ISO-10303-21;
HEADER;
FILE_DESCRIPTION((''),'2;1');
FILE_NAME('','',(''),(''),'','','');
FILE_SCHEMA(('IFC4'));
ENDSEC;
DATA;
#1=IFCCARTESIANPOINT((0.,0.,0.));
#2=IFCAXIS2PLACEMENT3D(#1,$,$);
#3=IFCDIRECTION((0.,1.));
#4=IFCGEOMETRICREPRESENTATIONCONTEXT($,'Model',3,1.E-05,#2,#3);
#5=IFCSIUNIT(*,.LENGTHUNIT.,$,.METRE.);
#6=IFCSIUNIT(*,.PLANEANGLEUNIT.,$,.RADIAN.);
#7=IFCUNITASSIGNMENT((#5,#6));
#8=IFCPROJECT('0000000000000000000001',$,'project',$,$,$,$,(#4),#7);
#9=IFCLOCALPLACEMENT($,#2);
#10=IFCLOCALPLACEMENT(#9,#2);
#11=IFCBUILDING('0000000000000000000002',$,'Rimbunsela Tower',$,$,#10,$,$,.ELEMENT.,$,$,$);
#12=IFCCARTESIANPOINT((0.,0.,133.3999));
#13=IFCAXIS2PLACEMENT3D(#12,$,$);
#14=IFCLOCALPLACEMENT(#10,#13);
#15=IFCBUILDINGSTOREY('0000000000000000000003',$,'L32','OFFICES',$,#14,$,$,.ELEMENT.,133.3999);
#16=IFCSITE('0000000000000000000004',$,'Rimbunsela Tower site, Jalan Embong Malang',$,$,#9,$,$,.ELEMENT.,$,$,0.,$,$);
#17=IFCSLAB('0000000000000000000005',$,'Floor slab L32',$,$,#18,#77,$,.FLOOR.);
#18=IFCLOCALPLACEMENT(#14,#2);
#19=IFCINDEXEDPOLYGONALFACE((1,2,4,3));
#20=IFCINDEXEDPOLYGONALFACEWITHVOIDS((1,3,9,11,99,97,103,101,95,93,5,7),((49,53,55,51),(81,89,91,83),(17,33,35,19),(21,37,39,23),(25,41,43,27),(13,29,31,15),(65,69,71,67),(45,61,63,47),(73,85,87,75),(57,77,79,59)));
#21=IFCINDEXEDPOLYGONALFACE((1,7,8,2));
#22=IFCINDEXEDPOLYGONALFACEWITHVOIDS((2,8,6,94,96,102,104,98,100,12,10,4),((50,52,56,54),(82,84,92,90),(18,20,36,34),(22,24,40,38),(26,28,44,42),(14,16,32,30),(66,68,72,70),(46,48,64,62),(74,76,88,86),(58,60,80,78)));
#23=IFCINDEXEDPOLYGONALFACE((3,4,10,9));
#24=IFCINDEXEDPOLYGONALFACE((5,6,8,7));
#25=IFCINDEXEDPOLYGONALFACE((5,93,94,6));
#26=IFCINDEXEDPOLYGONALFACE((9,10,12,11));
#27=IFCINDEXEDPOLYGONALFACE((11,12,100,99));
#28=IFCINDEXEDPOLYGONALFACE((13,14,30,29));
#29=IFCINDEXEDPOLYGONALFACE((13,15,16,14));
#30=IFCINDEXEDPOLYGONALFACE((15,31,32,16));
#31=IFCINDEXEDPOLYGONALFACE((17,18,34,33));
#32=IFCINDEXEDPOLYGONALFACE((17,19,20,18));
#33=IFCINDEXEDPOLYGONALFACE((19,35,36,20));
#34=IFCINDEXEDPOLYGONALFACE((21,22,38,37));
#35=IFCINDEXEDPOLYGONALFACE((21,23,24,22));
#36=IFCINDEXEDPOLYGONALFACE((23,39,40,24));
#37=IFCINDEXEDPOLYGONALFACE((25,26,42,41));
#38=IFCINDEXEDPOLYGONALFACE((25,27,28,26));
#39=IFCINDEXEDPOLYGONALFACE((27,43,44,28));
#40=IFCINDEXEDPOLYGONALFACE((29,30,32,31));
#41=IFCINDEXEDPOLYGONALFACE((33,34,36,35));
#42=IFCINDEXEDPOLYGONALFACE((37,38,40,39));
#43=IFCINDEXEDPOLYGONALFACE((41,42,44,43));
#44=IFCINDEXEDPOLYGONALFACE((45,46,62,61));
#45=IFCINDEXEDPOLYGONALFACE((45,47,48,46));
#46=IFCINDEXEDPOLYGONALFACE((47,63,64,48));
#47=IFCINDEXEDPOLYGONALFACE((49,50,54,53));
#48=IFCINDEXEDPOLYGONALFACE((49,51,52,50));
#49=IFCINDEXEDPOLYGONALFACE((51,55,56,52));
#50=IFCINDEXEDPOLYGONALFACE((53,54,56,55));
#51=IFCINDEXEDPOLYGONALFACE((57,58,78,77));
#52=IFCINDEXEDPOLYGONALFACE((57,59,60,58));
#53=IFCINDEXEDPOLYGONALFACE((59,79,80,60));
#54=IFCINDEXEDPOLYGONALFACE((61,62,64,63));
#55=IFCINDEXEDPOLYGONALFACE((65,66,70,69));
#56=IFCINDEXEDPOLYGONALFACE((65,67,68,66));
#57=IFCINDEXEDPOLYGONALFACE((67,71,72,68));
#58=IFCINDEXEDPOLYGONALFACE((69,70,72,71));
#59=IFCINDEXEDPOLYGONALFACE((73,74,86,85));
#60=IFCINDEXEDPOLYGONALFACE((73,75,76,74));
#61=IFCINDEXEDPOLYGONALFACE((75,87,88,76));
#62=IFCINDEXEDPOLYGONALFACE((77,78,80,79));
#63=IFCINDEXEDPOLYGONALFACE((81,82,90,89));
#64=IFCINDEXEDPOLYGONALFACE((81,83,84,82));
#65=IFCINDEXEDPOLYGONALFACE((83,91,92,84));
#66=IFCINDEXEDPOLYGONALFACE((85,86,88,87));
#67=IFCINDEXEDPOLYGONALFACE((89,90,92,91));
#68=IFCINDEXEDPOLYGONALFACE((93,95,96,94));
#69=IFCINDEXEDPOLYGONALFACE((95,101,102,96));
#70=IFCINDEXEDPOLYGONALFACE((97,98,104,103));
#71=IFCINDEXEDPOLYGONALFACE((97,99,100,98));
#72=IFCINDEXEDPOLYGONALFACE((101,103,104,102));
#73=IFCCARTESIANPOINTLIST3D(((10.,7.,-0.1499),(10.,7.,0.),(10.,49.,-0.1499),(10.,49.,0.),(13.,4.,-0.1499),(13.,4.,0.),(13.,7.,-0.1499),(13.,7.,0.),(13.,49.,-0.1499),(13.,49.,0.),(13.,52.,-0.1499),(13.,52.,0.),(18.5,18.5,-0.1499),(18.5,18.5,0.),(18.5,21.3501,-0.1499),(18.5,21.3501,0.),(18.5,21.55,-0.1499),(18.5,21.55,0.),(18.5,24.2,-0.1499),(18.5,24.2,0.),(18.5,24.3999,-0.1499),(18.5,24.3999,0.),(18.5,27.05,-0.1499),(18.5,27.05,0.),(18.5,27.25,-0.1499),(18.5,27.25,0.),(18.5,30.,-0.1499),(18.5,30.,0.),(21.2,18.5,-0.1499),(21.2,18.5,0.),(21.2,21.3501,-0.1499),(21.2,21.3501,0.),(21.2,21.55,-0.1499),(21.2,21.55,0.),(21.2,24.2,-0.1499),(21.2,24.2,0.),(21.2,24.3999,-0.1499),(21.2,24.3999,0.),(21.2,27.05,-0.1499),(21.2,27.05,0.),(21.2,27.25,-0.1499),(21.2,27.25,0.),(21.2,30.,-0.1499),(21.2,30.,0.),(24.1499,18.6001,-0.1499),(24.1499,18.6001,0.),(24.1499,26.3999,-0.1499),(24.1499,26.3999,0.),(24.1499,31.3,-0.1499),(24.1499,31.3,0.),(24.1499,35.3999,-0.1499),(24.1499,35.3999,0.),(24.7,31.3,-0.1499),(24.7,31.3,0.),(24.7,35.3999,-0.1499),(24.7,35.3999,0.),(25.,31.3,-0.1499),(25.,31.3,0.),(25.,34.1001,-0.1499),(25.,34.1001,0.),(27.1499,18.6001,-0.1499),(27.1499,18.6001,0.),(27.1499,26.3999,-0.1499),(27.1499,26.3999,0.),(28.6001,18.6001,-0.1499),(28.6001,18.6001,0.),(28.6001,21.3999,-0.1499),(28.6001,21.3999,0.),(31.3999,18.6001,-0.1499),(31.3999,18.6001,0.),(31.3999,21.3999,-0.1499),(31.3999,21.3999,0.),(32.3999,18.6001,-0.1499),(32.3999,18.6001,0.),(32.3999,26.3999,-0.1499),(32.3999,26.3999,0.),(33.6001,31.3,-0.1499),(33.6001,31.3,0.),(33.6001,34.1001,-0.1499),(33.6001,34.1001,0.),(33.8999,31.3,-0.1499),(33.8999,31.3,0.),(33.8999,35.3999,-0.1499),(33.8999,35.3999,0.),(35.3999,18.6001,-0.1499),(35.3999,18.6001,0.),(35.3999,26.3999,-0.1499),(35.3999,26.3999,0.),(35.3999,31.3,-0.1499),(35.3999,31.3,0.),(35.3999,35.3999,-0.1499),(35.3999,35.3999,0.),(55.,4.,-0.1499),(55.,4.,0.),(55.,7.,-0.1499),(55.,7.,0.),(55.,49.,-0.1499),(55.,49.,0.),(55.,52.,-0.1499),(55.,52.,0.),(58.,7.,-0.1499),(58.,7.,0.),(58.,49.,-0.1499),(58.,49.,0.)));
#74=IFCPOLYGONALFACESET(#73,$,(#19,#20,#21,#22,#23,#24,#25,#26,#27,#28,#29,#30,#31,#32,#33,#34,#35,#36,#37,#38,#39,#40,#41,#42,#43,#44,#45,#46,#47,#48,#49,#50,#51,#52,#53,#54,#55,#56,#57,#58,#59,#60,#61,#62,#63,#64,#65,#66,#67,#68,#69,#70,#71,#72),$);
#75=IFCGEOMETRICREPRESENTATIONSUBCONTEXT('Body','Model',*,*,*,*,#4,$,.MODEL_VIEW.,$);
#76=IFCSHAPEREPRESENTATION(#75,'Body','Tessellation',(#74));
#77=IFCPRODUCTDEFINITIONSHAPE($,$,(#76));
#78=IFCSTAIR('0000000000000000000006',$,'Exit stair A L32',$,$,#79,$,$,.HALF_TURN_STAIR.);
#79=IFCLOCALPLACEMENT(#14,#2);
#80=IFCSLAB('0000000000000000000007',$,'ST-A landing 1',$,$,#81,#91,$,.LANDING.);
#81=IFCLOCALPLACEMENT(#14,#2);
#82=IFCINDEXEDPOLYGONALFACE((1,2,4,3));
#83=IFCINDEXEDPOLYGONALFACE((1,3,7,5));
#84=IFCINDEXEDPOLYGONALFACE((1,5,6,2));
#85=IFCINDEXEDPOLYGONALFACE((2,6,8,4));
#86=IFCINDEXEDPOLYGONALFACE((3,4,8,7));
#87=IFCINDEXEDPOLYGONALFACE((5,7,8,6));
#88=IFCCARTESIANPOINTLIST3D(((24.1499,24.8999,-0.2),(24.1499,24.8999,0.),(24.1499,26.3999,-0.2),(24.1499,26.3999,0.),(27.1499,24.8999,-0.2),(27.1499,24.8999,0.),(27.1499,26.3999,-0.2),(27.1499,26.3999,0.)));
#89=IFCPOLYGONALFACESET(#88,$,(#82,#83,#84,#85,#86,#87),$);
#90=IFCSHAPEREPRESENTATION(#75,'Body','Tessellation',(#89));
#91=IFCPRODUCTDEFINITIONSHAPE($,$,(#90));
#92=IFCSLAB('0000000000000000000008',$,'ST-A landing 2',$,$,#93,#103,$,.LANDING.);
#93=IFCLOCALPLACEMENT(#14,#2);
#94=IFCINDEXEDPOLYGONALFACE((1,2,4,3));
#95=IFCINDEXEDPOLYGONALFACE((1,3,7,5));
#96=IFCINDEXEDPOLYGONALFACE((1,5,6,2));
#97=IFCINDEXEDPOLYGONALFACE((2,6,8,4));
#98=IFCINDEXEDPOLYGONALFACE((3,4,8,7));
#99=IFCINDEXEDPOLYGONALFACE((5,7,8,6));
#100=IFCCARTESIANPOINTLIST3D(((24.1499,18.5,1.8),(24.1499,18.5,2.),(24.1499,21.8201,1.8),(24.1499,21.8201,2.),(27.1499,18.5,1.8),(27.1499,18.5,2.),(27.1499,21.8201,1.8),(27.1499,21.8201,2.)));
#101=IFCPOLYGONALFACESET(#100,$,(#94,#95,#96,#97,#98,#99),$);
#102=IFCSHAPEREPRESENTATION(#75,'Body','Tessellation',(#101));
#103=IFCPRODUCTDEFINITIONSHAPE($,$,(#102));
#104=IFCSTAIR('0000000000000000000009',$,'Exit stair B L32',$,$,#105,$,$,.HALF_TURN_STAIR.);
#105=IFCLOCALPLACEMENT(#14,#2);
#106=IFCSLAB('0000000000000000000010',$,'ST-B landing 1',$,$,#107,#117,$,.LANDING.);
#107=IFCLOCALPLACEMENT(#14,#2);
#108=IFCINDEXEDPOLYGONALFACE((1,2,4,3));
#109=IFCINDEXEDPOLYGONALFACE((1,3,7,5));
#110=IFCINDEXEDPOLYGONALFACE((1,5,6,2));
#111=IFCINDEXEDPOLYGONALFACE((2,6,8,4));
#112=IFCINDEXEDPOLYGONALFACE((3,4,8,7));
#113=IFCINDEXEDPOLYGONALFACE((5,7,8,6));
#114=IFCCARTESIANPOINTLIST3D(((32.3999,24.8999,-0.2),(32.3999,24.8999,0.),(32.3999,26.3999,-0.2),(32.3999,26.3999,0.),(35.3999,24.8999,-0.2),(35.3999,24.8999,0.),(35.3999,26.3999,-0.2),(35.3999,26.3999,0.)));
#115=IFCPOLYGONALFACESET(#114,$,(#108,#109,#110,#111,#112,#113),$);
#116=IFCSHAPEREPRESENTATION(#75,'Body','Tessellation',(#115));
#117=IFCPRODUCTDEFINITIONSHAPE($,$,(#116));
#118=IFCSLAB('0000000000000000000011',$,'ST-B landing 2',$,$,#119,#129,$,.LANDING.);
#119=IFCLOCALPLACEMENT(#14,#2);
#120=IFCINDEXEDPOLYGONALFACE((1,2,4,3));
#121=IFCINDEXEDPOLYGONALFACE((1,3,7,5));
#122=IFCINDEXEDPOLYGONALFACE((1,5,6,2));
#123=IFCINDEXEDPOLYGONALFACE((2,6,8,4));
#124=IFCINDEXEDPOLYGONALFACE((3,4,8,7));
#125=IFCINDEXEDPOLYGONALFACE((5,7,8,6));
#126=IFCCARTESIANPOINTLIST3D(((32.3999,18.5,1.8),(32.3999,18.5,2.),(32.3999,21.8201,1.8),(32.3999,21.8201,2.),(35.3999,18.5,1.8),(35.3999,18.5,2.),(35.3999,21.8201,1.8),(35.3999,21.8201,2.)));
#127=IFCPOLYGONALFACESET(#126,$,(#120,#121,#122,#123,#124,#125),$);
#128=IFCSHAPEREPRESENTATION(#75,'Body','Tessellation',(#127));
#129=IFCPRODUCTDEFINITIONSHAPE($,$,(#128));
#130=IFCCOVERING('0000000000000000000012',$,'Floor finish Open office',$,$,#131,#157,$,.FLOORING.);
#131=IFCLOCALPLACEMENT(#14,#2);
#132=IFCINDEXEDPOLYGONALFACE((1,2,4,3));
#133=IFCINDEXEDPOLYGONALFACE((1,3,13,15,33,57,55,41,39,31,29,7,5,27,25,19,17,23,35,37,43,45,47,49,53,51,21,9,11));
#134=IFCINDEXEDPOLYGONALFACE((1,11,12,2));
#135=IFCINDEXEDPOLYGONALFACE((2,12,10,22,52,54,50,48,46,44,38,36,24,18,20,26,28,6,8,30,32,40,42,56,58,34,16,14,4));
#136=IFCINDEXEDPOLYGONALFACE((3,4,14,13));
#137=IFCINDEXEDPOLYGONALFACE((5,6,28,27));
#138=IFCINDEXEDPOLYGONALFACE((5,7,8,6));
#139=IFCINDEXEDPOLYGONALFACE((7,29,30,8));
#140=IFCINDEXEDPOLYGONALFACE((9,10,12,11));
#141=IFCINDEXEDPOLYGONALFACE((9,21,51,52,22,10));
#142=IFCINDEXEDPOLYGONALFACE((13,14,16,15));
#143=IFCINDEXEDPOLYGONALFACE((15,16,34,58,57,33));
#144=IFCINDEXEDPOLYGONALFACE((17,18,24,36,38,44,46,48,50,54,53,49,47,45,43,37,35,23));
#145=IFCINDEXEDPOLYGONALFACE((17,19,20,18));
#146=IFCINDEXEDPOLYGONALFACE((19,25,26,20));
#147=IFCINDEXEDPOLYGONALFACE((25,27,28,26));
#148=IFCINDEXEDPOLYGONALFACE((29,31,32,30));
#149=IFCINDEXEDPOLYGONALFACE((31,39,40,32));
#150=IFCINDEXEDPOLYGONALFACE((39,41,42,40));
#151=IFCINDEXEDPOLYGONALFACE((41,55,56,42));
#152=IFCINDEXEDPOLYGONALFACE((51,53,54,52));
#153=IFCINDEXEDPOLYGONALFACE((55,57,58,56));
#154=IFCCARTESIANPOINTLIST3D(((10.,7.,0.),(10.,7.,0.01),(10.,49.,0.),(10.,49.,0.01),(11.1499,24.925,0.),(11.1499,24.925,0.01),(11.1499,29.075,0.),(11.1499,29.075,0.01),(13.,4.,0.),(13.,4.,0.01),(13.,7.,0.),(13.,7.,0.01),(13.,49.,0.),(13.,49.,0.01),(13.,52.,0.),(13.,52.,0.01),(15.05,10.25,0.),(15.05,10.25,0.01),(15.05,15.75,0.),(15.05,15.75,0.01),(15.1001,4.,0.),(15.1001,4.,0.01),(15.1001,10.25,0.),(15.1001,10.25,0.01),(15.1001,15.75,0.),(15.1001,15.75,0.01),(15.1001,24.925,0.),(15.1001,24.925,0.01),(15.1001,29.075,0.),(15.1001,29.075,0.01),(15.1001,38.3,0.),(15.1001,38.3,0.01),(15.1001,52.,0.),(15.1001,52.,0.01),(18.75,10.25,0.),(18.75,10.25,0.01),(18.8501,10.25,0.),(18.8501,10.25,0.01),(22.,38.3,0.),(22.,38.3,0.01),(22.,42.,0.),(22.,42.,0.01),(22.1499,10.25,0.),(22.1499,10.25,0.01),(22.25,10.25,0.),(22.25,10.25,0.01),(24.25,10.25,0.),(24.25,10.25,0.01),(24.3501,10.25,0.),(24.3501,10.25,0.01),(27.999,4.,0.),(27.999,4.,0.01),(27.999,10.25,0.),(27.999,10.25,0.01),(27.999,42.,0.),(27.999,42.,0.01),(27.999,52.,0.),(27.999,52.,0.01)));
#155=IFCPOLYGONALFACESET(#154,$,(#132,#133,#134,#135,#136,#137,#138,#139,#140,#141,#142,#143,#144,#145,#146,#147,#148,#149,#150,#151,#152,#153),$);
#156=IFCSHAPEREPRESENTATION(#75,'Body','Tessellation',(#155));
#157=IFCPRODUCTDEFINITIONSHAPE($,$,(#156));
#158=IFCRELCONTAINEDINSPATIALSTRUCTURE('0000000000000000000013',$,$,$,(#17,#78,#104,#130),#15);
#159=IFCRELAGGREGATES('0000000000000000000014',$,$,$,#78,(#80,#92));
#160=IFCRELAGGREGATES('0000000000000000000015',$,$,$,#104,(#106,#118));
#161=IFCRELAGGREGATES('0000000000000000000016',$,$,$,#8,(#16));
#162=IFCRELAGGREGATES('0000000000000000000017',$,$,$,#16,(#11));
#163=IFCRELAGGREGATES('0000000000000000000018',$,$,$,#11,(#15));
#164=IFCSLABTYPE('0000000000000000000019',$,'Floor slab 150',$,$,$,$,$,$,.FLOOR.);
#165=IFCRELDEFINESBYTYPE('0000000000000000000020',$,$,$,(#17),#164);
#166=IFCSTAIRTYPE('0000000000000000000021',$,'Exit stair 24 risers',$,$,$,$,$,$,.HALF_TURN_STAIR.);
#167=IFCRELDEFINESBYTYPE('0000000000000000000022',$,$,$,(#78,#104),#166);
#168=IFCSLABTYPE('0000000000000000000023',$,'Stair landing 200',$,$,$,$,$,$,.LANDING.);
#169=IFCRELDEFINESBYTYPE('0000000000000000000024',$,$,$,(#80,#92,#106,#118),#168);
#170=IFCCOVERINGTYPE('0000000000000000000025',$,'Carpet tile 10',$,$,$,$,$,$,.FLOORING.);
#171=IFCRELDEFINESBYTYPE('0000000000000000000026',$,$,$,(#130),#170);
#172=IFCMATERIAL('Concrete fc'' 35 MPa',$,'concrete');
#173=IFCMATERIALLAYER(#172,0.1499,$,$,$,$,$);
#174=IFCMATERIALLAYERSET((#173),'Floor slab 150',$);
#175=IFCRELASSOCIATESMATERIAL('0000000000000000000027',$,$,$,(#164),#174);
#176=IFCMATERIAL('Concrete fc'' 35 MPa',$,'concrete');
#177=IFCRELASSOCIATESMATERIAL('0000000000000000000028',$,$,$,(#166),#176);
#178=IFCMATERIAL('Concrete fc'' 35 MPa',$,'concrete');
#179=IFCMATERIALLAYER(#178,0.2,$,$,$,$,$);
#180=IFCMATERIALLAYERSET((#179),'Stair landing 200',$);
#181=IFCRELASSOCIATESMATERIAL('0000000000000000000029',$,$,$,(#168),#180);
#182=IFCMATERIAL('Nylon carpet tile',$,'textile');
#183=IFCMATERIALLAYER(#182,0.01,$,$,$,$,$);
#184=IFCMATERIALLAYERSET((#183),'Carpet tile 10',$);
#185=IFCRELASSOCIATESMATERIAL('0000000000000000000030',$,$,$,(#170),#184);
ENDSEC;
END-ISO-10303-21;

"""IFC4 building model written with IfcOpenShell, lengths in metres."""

from ifc_helpers import new_model, si_unit, direction, frame, origin, place, context, subcontext, project, spatial, polyline, outline, extrude, material, layer, layer_set, type_object, element, aggregate, save


model = new_model("IFC4")

# Units and contexts
model_context = context("Model", 3, precision=1e-05, world=origin(), true_north=direction((0.0, 1.0)))
body_context = subcontext(model_context, "Body", "Model", "MODEL_VIEW")
ifc_project = project(units=[si_unit("LENGTHUNIT", "METRE"), si_unit("PLANEANGLEUNIT", "RADIAN")], contexts=[model_context])

# Site, building, storey
site_placement = place(None, origin())
site = spatial("IfcSite", under=ifc_project, at=site_placement, Name="Rimbunsela Tower site, Jalan Embong Malang", CompositionType="ELEMENT", RefElevation=0.0)
building_placement = place(site_placement, origin())
building = spatial("IfcBuilding", under=site, at=building_placement, Name="Rimbunsela Tower", CompositionType="ELEMENT")
storey_placement = place(building_placement, frame((0.0, 0.0, 133.3999)))
storey = spatial("IfcBuildingStorey", under=building, at=storey_placement, Name="L32", Description="OFFICES", CompositionType="ELEMENT", Elevation=133.3999)

# Slab
ifc_material_1 = material(Name="Concrete fc' 35 MPa", Category="concrete")
ifc_layer_1 = layer(ifc_material_1, 0.1499)
ifc_layer_set_1 = layer_set([ifc_layer_1], Name="Floor slab 150")
slab_type_1 = type_object("IfcSlabType", Name="Floor slab 150", PredefinedType="FLOOR", material=ifc_layer_set_1)
slab_1_placement = place(storey_placement, frame((0.0, 0.0, -0.1499)))
element("IfcSlab", 1, at=slab_1_placement, inside=storey, type_object=slab_type_1, Name="Floor slab L32", PredefinedType="FLOOR", context=body_context, shape_type="SweptSolid", body=[
    extrude(outline(polyline([(13.0, 4.0), (55.0, 4.0), (55.0, 7.0), (58.0, 7.0), (58.0, 49.0), (55.0, 49.0), (55.0, 52.0), (13.0, 52.0), (13.0, 49.0), (10.0, 49.0), (10.0, 7.0), (13.0, 7.0), (13.0, 4.0)]), holes=[polyline([(21.2, 21.3501), (18.5, 21.3501), (18.5, 18.5), (21.2, 18.5), (21.2, 21.3501)]), polyline([(21.2, 21.55), (21.2, 24.2), (18.5, 24.2), (18.5, 21.55), (21.2, 21.55)]), polyline([(21.2, 27.05), (18.5, 27.05), (18.5, 24.3999), (21.2, 24.3999), (21.2, 27.05)]), polyline([(21.2, 27.25), (21.2, 30.0), (18.5, 30.0), (18.5, 27.25), (21.2, 27.25)]), polyline([(27.1499, 18.6001), (27.1499, 26.3999), (24.1499, 26.3999), (24.1499, 18.6001), (27.1499, 18.6001)]), polyline([(24.7, 31.3), (24.7, 35.3999), (24.1499, 35.3999), (24.1499, 31.3), (24.7, 31.3)]), polyline([(25.0, 34.1001), (25.0, 31.3), (33.6001, 31.3), (33.6001, 34.1001), (25.0, 34.1001)]), polyline([(31.3999, 21.3999), (28.6001, 21.3999), (28.6001, 18.6001), (31.3999, 18.6001), (31.3999, 21.3999)]), polyline([(35.3999, 18.6001), (35.3999, 26.3999), (32.3999, 26.3999), (32.3999, 18.6001), (35.3999, 18.6001)]), polyline([(35.3999, 31.3), (35.3999, 35.3999), (33.8999, 35.3999), (33.8999, 31.3), (35.3999, 31.3)])]), origin(), (0.0, 0.0, 1.0), 0.1499),
])

# Stairs, slabs
ifc_material_2 = material(Name="Concrete fc' 35 MPa", Category="concrete")
stair_type = type_object("IfcStairType", Name="Exit stair 24 risers", PredefinedType="HALF_TURN_STAIR", material=ifc_material_2)
stair_1_placement = place(storey_placement, origin())
stair_1 = element("IfcStair", 2, at=stair_1_placement, inside=storey, type_object=stair_type, Name="Exit stair A L32", PredefinedType="HALF_TURN_STAIR")
ifc_material_3 = material(Name="Concrete fc' 35 MPa", Category="concrete")
ifc_layer_2 = layer(ifc_material_3, 0.2)
ifc_layer_set_2 = layer_set([ifc_layer_2], Name="Stair landing 200")
slab_type_2 = type_object("IfcSlabType", Name="Stair landing 200", PredefinedType="LANDING", material=ifc_layer_set_2)
slab_2_placement = place(storey_placement, frame((0.0, 0.0, -0.2)))
slab_2 = element("IfcSlab", 3, at=slab_2_placement, type_object=slab_type_2, Name="ST-A landing 1", PredefinedType="LANDING", context=body_context, shape_type="SweptSolid", body=[
    extrude(outline(polyline([(24.1499, 24.8999), (27.1499, 24.8999), (27.1499, 26.3999), (24.1499, 26.3999), (24.1499, 24.8999)])), origin(), (0.0, 0.0, 1.0), 0.2),
])
slab_3_placement = place(storey_placement, frame((0.0, 0.0, 1.8)))
slab_3 = element("IfcSlab", 4, at=slab_3_placement, type_object=slab_type_2, Name="ST-A landing 2", PredefinedType="LANDING", context=body_context, shape_type="SweptSolid", body=[
    extrude(outline(polyline([(24.1499, 18.5), (27.1499, 18.5), (27.1499, 21.8201), (24.1499, 21.8201), (24.1499, 18.5)])), origin(), (0.0, 0.0, 1.0), 0.2),
])
aggregate(stair_1, [slab_2, slab_3])
stair_2_placement = place(storey_placement, origin())
stair_2 = element("IfcStair", 5, at=stair_2_placement, inside=storey, type_object=stair_type, Name="Exit stair B L32", PredefinedType="HALF_TURN_STAIR")
slab_4_placement = place(storey_placement, frame((0.0, 0.0, -0.2)))
slab_4 = element("IfcSlab", 6, at=slab_4_placement, type_object=slab_type_2, Name="ST-B landing 1", PredefinedType="LANDING", context=body_context, shape_type="SweptSolid", body=[
    extrude(outline(polyline([(32.3999, 24.8999), (35.3999, 24.8999), (35.3999, 26.3999), (32.3999, 26.3999), (32.3999, 24.8999)])), origin(), (0.0, 0.0, 1.0), 0.2),
])
slab_5_placement = place(storey_placement, frame((0.0, 0.0, 1.8)))
slab_5 = element("IfcSlab", 7, at=slab_5_placement, type_object=slab_type_2, Name="ST-B landing 2", PredefinedType="LANDING", context=body_context, shape_type="SweptSolid", body=[
    extrude(outline(polyline([(32.3999, 18.5), (35.3999, 18.5), (35.3999, 21.8201), (32.3999, 21.8201), (32.3999, 18.5)])), origin(), (0.0, 0.0, 1.0), 0.2),
])
aggregate(stair_2, [slab_4, slab_5])

# Covering
ifc_material_4 = material(Name="Nylon carpet tile", Category="textile")
ifc_layer_3 = layer(ifc_material_4, 0.01)
ifc_layer_set_3 = layer_set([ifc_layer_3], Name="Carpet tile 10")
covering_type_1 = type_object("IfcCoveringType", Name="Carpet tile 10", PredefinedType="FLOORING", material=ifc_layer_set_3)
covering_1_placement = place(storey_placement, origin())
element("IfcCovering", 8, at=covering_1_placement, inside=storey, type_object=covering_type_1, Name="Floor finish Open office", PredefinedType="FLOORING", context=body_context, shape_type="SweptSolid", body=[
    extrude(outline(polyline([(18.8501, 10.25), (22.1499, 10.25), (22.25, 10.25), (24.25, 10.25), (24.3501, 10.25), (27.999, 10.25), (27.999, 4.0), (15.1001, 4.0), (13.0, 4.0), (13.0, 7.0), (10.0, 7.0), (10.0, 49.0), (13.0, 49.0), (13.0, 52.0), (15.1001, 52.0), (27.999, 52.0), (27.999, 42.0), (22.0, 42.0), (22.0, 38.3), (15.1001, 38.3), (15.1001, 29.075), (11.1499, 29.075), (11.1499, 24.925), (15.1001, 24.925), (15.1001, 15.75), (15.05, 15.75), (15.05, 10.25), (15.1001, 10.25), (18.75, 10.25), (18.8501, 10.25)])), origin(), (0.0, 0.0, 1.0), 0.01),
])

save(model, "model.ifc")
